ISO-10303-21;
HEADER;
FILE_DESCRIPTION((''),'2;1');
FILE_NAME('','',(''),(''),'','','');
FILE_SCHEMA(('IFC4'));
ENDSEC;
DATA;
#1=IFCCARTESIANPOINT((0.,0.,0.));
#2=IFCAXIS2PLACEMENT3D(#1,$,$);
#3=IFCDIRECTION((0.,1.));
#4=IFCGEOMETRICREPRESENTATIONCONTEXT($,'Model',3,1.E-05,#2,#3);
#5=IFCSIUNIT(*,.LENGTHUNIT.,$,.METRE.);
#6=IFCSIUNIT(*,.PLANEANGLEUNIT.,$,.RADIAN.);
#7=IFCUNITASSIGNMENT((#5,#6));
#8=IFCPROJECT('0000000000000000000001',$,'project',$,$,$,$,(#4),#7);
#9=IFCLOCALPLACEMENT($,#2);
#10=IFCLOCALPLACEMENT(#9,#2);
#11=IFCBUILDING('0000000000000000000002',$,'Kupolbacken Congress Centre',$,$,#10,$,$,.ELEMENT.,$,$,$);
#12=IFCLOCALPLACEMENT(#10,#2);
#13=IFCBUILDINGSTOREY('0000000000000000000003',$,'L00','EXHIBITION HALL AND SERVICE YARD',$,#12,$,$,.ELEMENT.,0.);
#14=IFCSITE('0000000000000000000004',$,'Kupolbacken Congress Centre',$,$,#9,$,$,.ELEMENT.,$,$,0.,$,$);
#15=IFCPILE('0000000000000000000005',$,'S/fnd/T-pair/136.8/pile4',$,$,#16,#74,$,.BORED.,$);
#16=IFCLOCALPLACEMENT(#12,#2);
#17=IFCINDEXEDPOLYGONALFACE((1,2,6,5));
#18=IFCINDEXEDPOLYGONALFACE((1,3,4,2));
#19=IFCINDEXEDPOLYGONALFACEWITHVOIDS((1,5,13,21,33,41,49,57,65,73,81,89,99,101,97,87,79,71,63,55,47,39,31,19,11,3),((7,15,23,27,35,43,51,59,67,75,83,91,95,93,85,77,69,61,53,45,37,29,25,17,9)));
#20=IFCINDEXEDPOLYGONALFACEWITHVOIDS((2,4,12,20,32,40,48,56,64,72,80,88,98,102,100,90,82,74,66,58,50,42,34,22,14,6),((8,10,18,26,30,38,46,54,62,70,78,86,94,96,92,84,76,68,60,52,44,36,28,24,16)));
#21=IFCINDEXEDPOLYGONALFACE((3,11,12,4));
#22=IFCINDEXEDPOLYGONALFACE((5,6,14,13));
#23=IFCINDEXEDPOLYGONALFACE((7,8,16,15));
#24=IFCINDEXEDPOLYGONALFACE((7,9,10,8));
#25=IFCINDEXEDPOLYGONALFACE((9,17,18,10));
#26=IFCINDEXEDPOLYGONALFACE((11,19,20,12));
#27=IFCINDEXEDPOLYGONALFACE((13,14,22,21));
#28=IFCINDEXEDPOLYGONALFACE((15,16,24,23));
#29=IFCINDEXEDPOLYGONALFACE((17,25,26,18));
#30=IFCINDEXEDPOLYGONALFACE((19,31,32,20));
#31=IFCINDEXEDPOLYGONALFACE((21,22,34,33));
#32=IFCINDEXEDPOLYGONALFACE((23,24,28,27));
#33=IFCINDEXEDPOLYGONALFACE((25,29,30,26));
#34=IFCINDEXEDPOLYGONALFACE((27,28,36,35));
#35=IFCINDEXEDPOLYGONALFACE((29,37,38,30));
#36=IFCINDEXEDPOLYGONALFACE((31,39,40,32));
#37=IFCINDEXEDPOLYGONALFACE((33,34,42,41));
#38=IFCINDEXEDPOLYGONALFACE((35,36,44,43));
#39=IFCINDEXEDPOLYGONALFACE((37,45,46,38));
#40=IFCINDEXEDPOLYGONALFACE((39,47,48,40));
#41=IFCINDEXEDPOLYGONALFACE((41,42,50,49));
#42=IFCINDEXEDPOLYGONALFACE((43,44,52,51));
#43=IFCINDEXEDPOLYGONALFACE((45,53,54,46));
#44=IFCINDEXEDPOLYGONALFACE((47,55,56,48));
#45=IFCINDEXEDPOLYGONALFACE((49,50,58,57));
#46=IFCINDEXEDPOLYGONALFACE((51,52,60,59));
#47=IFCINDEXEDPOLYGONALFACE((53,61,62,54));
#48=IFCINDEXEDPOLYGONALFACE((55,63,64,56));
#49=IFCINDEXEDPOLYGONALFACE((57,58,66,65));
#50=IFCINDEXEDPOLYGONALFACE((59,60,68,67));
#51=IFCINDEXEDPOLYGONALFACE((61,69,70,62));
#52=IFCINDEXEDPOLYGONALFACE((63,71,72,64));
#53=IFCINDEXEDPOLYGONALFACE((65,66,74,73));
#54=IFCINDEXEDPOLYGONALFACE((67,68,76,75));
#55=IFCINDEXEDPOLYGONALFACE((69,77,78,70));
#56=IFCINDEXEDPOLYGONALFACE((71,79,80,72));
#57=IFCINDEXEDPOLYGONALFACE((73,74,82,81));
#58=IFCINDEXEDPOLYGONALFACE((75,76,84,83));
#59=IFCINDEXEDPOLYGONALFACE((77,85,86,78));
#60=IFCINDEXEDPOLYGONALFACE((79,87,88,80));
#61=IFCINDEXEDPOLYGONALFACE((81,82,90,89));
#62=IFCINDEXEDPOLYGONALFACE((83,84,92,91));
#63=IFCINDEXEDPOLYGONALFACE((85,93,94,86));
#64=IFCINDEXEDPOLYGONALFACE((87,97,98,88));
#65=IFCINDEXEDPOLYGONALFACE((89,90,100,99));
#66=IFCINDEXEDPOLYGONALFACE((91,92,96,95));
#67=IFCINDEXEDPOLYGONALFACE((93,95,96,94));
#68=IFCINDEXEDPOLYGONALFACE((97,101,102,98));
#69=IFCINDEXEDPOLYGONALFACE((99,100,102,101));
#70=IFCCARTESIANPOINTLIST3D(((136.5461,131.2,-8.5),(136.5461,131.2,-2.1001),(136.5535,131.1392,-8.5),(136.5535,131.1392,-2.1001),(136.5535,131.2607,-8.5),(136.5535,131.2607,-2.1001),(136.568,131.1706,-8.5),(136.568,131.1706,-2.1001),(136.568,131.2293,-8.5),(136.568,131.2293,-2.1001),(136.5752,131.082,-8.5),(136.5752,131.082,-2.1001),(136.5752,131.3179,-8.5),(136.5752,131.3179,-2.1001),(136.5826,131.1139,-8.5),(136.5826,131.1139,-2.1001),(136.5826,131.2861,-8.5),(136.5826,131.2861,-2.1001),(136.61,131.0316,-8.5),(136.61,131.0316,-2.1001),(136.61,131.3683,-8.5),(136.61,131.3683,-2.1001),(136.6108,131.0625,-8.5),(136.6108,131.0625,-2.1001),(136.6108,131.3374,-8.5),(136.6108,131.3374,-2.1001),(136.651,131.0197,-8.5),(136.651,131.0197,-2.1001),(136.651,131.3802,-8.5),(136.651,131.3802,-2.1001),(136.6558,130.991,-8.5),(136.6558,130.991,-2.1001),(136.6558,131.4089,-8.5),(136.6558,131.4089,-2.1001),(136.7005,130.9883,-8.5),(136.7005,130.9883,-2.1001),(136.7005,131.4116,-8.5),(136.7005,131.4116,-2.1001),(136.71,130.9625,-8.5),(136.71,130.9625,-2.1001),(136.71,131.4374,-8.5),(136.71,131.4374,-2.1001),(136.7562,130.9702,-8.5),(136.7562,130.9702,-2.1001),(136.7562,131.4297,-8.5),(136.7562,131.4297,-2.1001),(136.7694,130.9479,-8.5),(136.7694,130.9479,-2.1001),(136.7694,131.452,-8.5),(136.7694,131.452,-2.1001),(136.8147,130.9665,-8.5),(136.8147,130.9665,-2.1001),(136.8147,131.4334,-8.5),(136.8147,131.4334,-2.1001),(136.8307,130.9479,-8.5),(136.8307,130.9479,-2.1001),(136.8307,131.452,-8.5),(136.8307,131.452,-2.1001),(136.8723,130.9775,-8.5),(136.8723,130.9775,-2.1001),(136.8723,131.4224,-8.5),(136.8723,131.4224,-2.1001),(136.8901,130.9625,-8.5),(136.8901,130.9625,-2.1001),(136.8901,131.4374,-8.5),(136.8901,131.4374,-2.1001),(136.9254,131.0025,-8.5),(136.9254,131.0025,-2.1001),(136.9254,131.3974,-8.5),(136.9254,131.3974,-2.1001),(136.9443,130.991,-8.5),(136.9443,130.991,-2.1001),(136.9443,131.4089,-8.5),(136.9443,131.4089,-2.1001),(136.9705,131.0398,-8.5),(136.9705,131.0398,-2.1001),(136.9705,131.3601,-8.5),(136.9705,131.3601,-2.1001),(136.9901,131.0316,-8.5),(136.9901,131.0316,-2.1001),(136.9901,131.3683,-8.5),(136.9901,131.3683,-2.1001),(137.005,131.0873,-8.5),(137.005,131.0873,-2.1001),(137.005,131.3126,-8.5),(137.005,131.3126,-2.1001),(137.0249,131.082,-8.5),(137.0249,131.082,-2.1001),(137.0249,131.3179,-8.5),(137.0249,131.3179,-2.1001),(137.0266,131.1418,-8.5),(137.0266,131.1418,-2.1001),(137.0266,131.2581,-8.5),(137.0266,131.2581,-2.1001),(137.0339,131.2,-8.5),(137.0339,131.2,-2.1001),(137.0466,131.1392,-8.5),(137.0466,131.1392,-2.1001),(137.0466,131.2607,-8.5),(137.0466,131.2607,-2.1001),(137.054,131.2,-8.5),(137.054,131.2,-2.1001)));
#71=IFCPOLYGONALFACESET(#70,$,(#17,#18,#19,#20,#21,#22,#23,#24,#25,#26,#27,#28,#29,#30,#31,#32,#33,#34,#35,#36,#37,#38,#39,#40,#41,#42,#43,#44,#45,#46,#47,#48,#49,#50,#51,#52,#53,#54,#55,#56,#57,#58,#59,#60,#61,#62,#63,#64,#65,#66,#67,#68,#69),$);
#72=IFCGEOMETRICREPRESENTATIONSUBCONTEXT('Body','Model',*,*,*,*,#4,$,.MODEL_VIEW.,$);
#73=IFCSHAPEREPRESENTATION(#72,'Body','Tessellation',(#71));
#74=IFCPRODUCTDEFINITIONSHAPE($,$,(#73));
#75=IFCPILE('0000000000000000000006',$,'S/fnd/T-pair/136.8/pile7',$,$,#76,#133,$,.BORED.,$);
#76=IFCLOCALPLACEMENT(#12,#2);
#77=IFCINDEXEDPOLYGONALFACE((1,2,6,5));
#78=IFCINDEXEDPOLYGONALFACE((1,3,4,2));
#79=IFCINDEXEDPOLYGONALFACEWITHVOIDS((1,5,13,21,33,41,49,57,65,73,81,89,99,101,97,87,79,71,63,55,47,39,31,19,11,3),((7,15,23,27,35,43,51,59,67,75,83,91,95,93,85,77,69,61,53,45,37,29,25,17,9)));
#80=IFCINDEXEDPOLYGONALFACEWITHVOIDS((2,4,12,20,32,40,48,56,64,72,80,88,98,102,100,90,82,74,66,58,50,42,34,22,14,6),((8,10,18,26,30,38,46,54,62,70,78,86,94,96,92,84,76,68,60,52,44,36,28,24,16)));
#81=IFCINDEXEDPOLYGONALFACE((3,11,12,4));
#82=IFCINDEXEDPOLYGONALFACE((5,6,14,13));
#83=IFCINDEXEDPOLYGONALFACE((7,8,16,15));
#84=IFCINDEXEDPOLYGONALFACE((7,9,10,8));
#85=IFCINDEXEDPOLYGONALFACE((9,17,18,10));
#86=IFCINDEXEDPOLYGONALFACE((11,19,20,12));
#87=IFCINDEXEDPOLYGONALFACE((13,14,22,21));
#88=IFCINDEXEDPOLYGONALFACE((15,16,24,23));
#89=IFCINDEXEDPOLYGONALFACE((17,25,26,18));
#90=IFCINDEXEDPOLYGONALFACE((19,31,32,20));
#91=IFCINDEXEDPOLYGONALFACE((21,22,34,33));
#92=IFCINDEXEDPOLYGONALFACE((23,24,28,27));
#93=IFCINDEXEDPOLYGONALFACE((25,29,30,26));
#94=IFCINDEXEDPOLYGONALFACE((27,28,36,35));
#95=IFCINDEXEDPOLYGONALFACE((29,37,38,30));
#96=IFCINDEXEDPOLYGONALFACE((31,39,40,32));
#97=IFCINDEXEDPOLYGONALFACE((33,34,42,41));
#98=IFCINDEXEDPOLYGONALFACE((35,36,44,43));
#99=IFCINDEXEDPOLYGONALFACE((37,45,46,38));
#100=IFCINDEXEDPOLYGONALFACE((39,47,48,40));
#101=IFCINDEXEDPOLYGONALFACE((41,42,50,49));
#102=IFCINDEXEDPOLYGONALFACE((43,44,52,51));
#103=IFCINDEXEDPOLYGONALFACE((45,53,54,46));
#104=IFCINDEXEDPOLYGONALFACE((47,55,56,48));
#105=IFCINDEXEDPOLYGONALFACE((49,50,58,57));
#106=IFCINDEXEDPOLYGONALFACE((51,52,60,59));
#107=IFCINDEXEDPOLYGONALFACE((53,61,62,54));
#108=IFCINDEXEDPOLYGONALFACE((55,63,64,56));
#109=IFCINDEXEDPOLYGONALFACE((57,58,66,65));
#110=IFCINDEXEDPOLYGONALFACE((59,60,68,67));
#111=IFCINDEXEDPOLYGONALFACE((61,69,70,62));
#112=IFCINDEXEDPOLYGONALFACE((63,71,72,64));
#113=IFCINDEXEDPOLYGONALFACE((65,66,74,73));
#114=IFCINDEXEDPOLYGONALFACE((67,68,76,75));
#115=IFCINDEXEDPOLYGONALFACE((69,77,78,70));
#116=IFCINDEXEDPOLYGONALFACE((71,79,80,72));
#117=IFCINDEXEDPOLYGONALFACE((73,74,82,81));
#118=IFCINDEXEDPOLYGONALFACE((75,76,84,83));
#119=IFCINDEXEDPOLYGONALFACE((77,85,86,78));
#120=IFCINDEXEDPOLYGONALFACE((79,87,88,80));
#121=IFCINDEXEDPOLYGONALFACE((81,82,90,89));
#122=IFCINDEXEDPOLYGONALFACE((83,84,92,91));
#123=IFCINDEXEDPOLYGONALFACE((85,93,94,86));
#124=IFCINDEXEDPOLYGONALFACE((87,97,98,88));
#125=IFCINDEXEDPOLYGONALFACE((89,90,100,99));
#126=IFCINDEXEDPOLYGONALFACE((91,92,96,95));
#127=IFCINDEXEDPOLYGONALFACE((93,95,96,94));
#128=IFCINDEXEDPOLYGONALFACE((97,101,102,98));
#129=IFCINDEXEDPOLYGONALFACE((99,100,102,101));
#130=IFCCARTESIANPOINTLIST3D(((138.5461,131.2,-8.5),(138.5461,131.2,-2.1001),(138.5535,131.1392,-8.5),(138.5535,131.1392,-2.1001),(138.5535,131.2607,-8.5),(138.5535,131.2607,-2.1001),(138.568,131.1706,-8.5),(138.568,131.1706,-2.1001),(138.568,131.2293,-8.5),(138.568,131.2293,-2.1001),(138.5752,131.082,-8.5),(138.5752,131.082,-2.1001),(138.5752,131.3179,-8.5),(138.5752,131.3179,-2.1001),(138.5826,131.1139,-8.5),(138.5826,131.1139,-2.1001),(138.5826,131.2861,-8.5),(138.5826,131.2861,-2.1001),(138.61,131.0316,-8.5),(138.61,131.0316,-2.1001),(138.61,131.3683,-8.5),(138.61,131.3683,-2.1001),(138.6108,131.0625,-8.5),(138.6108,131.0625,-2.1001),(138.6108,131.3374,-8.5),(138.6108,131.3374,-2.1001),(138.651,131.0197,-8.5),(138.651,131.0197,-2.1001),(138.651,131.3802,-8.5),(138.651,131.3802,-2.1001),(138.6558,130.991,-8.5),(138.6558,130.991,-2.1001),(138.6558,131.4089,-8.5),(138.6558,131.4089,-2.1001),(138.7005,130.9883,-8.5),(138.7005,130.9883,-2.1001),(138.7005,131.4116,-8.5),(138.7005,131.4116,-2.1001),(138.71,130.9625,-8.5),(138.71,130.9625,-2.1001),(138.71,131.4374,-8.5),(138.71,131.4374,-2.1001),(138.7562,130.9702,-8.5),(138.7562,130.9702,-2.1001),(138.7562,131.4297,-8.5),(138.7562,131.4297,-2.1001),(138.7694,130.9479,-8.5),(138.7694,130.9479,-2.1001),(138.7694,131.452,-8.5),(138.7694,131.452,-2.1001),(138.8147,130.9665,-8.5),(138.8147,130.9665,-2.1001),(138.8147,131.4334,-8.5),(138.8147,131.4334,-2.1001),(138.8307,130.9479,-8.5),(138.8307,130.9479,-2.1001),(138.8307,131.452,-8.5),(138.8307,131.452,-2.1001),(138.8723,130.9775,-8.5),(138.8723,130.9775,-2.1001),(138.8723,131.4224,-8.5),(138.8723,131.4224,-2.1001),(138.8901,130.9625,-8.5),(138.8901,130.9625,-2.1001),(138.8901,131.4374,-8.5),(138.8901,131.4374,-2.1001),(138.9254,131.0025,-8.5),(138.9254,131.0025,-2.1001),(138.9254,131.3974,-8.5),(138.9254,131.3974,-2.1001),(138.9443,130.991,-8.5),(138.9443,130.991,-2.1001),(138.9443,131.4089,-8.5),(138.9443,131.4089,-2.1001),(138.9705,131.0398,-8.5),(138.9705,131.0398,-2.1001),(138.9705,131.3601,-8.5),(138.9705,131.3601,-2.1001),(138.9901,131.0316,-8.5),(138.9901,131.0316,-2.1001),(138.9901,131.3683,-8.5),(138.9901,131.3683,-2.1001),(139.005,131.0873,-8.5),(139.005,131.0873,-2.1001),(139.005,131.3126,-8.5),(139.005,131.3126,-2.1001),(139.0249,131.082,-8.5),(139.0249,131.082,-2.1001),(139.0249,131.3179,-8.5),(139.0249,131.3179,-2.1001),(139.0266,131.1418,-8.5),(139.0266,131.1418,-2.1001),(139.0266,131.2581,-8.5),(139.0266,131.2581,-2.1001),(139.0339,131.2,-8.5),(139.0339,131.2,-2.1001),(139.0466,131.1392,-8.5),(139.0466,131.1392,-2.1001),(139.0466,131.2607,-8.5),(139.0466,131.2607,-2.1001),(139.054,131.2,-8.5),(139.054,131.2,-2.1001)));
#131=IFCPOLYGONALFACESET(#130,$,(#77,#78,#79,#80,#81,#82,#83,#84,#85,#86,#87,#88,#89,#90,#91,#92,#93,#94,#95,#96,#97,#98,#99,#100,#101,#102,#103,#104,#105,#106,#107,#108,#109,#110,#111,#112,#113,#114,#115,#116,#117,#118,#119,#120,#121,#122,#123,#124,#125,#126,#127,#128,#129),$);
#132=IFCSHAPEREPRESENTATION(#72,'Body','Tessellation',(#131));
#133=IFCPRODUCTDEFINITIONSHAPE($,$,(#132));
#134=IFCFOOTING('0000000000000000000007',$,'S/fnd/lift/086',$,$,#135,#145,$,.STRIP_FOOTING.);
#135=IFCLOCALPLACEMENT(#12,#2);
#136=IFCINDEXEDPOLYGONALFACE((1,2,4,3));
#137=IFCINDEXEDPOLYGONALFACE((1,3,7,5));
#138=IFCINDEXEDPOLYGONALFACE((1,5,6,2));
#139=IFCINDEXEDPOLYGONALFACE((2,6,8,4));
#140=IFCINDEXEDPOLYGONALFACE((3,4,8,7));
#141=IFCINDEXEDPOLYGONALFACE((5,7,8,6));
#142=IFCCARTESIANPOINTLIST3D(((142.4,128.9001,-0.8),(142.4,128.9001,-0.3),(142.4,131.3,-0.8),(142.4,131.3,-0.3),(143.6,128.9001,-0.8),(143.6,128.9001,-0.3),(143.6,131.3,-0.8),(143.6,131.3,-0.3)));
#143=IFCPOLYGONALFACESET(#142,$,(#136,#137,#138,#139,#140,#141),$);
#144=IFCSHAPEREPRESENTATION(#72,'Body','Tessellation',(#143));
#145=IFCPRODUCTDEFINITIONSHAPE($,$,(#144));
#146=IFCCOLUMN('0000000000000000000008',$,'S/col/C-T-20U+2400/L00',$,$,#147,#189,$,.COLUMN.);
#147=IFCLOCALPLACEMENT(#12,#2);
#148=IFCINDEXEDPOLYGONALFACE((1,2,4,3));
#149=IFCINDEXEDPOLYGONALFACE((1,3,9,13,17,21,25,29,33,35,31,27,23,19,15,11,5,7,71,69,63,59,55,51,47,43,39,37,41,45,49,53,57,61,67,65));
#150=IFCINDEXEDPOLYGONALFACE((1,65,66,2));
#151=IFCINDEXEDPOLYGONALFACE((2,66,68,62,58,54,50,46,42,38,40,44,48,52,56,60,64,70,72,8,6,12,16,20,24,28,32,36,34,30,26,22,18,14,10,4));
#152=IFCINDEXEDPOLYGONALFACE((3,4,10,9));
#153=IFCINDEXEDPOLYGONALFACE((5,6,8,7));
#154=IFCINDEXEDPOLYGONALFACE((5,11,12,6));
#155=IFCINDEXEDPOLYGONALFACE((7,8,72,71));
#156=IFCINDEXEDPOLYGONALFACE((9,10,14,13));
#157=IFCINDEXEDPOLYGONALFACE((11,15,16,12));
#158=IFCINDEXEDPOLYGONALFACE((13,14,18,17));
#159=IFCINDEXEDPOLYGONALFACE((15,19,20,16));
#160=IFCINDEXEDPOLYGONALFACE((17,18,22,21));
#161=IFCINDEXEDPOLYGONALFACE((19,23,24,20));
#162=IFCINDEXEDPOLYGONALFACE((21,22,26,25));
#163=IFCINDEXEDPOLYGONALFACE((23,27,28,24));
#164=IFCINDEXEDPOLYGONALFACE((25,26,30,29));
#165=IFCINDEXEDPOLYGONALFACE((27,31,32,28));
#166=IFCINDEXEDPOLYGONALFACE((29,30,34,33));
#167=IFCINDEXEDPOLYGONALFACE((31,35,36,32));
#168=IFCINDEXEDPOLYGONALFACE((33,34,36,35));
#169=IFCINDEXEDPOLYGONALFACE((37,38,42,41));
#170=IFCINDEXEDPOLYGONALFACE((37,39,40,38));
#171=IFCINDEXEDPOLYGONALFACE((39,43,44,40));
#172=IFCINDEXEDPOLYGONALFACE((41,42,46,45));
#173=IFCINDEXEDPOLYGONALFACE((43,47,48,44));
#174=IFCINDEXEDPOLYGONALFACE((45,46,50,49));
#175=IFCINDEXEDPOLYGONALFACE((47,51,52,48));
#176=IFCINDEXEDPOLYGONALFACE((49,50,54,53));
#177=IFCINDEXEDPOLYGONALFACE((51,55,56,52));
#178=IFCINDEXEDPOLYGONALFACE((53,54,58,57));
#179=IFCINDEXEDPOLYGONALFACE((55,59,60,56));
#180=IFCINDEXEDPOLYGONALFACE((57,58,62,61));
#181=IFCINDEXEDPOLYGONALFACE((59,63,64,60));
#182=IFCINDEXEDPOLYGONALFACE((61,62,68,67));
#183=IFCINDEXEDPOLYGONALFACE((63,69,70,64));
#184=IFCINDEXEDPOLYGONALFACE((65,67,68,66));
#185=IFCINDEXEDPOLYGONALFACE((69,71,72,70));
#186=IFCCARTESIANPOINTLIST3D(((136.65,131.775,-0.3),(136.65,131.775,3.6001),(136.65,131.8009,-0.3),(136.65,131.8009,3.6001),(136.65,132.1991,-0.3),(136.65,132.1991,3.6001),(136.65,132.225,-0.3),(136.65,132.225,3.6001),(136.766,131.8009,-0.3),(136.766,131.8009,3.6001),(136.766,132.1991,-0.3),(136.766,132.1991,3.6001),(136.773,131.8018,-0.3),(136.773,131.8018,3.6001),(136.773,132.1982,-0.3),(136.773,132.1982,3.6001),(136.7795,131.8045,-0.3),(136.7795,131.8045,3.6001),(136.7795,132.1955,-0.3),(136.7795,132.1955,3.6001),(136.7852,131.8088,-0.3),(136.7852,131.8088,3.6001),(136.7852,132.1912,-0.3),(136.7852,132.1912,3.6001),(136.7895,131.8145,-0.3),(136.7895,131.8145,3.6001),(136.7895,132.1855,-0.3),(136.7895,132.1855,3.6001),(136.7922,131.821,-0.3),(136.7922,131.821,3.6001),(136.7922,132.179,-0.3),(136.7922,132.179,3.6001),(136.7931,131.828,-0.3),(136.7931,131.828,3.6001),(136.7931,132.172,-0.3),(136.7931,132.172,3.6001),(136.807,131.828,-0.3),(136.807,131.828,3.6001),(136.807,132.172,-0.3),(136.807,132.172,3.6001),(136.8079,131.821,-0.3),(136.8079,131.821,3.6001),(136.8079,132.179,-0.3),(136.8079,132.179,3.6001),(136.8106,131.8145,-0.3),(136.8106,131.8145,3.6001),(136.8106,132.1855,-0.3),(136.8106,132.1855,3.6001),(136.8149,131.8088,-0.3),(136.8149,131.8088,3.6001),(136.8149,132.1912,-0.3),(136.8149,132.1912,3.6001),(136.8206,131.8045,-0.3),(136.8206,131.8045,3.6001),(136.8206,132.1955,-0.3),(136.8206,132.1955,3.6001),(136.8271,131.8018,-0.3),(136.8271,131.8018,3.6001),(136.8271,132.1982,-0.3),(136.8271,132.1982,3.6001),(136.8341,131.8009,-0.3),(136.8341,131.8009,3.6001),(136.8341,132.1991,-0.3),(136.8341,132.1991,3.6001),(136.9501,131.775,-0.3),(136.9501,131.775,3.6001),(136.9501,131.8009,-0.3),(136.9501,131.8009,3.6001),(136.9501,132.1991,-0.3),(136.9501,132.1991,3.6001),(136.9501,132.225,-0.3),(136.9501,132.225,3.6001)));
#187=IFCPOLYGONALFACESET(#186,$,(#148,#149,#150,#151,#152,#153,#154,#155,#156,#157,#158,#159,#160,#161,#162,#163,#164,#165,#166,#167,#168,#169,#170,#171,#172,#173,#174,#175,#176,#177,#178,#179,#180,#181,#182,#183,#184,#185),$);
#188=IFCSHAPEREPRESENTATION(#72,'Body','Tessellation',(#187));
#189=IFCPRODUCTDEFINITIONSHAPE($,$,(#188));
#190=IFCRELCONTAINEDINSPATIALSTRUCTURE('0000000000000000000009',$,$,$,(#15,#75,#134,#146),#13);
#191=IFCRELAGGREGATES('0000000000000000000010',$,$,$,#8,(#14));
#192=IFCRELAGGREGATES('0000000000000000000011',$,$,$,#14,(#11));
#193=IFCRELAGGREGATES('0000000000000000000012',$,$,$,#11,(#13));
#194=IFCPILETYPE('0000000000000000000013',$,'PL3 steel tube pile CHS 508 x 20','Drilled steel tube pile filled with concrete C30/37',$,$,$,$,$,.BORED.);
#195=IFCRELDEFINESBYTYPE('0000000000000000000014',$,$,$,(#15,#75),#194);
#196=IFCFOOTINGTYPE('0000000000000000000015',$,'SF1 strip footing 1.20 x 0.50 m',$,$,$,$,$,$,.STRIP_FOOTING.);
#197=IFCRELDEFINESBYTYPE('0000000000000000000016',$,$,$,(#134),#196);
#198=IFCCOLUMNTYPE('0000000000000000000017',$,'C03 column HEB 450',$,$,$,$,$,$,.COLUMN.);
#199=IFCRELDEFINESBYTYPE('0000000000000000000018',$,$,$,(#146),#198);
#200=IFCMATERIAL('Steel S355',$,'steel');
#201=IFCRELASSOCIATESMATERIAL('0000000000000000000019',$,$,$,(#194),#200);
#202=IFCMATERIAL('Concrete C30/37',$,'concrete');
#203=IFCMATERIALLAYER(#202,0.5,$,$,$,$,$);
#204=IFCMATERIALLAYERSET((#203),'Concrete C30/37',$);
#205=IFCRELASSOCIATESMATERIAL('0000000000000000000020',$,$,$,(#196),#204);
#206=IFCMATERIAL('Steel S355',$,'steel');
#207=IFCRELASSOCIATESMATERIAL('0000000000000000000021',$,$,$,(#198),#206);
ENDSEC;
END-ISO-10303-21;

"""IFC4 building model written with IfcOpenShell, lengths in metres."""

from ifc_helpers import new_model, si_unit, direction, frame, origin, origin_2d, place, context, subcontext, project, spatial, rectangle, hollow_circle, i_section, extrude, material, layer, layer_set, material_profile, profile_set, type_object, element, save


model = new_model("IFC4")

# Units and contexts
model_context = context("Model", 3, precision=1e-05, world=origin(), true_north=direction((0.0, 1.0)))
body_context = subcontext(model_context, "Body", "Model", "MODEL_VIEW")
ifc_project = project(units=[si_unit("LENGTHUNIT", "METRE"), si_unit("PLANEANGLEUNIT", "RADIAN")], contexts=[model_context])

# Site, building, storey
site_placement = place(None, origin())
site = spatial("IfcSite", under=ifc_project, at=site_placement, Name="Kupolbacken Congress Centre", CompositionType="ELEMENT", RefElevation=0.0)
building_placement = place(site_placement, origin())
building = spatial("IfcBuilding", under=site, at=building_placement, Name="Kupolbacken Congress Centre", CompositionType="ELEMENT")
storey_placement = place(building_placement, origin())
storey = spatial("IfcBuildingStorey", under=building, at=storey_placement, Name="L00", Description="EXHIBITION HALL AND SERVICE YARD", CompositionType="ELEMENT", Elevation=0.0)

# Piles
ifc_material_1 = material(Name="Steel S355", Category="steel")
ifc_material_profile_1 = material_profile(ifc_material_1, hollow_circle(Radius=0.2539, WallThickness=0.02, at=origin_2d()), Name="CHS 508 x 20")
ifc_profile_set_1 = profile_set([ifc_material_profile_1], Name="Steel S355")
pile_type = type_object("IfcPileType", Name="PL3 steel tube pile CHS 508 x 20", Description="Drilled steel tube pile filled with concrete C30/37", PredefinedType="BORED", material=ifc_profile_set_1)
for number, where, z_axis, x_axis, name in (
    (1, (136.8, 131.2, -2.1001), (0.0, 0.0, -1.0), (1.0, 0.0, 0.0), "S/fnd/T-pair/136.8/pile4"),
    (2, (138.8, 131.2, -2.1001), (0.0, 0.0, -1.0), (1.0, 0.0, 0.0), "S/fnd/T-pair/136.8/pile7"),
):
    element("IfcPile", number, at=place(storey_placement, frame(where, z_axis=z_axis, x_axis=x_axis)), inside=storey, type_object=pile_type, Name=name, PredefinedType="BORED", context=body_context, shape_type="SweptSolid", body=[
        extrude(hollow_circle(Radius=0.2539, WallThickness=0.02, at=origin_2d()), origin(), (0.0, 0.0, 1.0), 6.3999),
    ])

# Footing
ifc_material_2 = material(Name="Concrete C30/37", Category="concrete")
ifc_layer_1 = layer(ifc_material_2, 0.5)
ifc_layer_set_1 = layer_set([ifc_layer_1], Name="Concrete C30/37")
footing_type = type_object("IfcFootingType", Name="SF1 strip footing 1.20 x 0.50 m", PredefinedType="STRIP_FOOTING", material=ifc_layer_set_1)
footing_placement = place(storey_placement, frame((143.0, 130.1001, -0.8), z_axis=(0.0, 0.0, 1.0), x_axis=(0.0, 1.0, 0.0)))
element("IfcFooting", 3, at=footing_placement, inside=storey, type_object=footing_type, Name="S/fnd/lift/086", PredefinedType="STRIP_FOOTING", context=body_context, shape_type="SweptSolid", body=[
    extrude(rectangle(XDim=2.3999, YDim=1.2, at=origin_2d()), origin(), (0.0, 0.0, 1.0), 0.5),
])

# Column
ifc_material_3 = material(Name="Steel S355", Category="steel")
ifc_material_profile_2 = material_profile(ifc_material_3, i_section(OverallWidth=0.3, OverallDepth=0.45, WebThickness=0.0139, FlangeThickness=0.0259, FilletRadius=0.0271, at=origin_2d()), Name="HEB 450")
ifc_profile_set_2 = profile_set([ifc_material_profile_2], Name="Steel S355")
column_type = type_object("IfcColumnType", Name="C03 column HEB 450", PredefinedType="COLUMN", material=ifc_profile_set_2)
column_placement = place(storey_placement, frame((136.8, 132.0, -0.3), z_axis=(0.0, 0.0, 1.0), x_axis=(1.0, 0.0, 0.0)))
element("IfcColumn", 4, at=column_placement, inside=storey, type_object=column_type, Name="S/col/C-T-20U+2400/L00", PredefinedType="COLUMN", context=body_context, shape_type="SweptSolid", body=[
    extrude(i_section(OverallWidth=0.3, OverallDepth=0.45, WebThickness=0.0139, FlangeThickness=0.0259, FilletRadius=0.0271, at=origin_2d()), origin(), (0.0, 0.0, 1.0), 3.9001),
])

save(model, "model.ifc")
